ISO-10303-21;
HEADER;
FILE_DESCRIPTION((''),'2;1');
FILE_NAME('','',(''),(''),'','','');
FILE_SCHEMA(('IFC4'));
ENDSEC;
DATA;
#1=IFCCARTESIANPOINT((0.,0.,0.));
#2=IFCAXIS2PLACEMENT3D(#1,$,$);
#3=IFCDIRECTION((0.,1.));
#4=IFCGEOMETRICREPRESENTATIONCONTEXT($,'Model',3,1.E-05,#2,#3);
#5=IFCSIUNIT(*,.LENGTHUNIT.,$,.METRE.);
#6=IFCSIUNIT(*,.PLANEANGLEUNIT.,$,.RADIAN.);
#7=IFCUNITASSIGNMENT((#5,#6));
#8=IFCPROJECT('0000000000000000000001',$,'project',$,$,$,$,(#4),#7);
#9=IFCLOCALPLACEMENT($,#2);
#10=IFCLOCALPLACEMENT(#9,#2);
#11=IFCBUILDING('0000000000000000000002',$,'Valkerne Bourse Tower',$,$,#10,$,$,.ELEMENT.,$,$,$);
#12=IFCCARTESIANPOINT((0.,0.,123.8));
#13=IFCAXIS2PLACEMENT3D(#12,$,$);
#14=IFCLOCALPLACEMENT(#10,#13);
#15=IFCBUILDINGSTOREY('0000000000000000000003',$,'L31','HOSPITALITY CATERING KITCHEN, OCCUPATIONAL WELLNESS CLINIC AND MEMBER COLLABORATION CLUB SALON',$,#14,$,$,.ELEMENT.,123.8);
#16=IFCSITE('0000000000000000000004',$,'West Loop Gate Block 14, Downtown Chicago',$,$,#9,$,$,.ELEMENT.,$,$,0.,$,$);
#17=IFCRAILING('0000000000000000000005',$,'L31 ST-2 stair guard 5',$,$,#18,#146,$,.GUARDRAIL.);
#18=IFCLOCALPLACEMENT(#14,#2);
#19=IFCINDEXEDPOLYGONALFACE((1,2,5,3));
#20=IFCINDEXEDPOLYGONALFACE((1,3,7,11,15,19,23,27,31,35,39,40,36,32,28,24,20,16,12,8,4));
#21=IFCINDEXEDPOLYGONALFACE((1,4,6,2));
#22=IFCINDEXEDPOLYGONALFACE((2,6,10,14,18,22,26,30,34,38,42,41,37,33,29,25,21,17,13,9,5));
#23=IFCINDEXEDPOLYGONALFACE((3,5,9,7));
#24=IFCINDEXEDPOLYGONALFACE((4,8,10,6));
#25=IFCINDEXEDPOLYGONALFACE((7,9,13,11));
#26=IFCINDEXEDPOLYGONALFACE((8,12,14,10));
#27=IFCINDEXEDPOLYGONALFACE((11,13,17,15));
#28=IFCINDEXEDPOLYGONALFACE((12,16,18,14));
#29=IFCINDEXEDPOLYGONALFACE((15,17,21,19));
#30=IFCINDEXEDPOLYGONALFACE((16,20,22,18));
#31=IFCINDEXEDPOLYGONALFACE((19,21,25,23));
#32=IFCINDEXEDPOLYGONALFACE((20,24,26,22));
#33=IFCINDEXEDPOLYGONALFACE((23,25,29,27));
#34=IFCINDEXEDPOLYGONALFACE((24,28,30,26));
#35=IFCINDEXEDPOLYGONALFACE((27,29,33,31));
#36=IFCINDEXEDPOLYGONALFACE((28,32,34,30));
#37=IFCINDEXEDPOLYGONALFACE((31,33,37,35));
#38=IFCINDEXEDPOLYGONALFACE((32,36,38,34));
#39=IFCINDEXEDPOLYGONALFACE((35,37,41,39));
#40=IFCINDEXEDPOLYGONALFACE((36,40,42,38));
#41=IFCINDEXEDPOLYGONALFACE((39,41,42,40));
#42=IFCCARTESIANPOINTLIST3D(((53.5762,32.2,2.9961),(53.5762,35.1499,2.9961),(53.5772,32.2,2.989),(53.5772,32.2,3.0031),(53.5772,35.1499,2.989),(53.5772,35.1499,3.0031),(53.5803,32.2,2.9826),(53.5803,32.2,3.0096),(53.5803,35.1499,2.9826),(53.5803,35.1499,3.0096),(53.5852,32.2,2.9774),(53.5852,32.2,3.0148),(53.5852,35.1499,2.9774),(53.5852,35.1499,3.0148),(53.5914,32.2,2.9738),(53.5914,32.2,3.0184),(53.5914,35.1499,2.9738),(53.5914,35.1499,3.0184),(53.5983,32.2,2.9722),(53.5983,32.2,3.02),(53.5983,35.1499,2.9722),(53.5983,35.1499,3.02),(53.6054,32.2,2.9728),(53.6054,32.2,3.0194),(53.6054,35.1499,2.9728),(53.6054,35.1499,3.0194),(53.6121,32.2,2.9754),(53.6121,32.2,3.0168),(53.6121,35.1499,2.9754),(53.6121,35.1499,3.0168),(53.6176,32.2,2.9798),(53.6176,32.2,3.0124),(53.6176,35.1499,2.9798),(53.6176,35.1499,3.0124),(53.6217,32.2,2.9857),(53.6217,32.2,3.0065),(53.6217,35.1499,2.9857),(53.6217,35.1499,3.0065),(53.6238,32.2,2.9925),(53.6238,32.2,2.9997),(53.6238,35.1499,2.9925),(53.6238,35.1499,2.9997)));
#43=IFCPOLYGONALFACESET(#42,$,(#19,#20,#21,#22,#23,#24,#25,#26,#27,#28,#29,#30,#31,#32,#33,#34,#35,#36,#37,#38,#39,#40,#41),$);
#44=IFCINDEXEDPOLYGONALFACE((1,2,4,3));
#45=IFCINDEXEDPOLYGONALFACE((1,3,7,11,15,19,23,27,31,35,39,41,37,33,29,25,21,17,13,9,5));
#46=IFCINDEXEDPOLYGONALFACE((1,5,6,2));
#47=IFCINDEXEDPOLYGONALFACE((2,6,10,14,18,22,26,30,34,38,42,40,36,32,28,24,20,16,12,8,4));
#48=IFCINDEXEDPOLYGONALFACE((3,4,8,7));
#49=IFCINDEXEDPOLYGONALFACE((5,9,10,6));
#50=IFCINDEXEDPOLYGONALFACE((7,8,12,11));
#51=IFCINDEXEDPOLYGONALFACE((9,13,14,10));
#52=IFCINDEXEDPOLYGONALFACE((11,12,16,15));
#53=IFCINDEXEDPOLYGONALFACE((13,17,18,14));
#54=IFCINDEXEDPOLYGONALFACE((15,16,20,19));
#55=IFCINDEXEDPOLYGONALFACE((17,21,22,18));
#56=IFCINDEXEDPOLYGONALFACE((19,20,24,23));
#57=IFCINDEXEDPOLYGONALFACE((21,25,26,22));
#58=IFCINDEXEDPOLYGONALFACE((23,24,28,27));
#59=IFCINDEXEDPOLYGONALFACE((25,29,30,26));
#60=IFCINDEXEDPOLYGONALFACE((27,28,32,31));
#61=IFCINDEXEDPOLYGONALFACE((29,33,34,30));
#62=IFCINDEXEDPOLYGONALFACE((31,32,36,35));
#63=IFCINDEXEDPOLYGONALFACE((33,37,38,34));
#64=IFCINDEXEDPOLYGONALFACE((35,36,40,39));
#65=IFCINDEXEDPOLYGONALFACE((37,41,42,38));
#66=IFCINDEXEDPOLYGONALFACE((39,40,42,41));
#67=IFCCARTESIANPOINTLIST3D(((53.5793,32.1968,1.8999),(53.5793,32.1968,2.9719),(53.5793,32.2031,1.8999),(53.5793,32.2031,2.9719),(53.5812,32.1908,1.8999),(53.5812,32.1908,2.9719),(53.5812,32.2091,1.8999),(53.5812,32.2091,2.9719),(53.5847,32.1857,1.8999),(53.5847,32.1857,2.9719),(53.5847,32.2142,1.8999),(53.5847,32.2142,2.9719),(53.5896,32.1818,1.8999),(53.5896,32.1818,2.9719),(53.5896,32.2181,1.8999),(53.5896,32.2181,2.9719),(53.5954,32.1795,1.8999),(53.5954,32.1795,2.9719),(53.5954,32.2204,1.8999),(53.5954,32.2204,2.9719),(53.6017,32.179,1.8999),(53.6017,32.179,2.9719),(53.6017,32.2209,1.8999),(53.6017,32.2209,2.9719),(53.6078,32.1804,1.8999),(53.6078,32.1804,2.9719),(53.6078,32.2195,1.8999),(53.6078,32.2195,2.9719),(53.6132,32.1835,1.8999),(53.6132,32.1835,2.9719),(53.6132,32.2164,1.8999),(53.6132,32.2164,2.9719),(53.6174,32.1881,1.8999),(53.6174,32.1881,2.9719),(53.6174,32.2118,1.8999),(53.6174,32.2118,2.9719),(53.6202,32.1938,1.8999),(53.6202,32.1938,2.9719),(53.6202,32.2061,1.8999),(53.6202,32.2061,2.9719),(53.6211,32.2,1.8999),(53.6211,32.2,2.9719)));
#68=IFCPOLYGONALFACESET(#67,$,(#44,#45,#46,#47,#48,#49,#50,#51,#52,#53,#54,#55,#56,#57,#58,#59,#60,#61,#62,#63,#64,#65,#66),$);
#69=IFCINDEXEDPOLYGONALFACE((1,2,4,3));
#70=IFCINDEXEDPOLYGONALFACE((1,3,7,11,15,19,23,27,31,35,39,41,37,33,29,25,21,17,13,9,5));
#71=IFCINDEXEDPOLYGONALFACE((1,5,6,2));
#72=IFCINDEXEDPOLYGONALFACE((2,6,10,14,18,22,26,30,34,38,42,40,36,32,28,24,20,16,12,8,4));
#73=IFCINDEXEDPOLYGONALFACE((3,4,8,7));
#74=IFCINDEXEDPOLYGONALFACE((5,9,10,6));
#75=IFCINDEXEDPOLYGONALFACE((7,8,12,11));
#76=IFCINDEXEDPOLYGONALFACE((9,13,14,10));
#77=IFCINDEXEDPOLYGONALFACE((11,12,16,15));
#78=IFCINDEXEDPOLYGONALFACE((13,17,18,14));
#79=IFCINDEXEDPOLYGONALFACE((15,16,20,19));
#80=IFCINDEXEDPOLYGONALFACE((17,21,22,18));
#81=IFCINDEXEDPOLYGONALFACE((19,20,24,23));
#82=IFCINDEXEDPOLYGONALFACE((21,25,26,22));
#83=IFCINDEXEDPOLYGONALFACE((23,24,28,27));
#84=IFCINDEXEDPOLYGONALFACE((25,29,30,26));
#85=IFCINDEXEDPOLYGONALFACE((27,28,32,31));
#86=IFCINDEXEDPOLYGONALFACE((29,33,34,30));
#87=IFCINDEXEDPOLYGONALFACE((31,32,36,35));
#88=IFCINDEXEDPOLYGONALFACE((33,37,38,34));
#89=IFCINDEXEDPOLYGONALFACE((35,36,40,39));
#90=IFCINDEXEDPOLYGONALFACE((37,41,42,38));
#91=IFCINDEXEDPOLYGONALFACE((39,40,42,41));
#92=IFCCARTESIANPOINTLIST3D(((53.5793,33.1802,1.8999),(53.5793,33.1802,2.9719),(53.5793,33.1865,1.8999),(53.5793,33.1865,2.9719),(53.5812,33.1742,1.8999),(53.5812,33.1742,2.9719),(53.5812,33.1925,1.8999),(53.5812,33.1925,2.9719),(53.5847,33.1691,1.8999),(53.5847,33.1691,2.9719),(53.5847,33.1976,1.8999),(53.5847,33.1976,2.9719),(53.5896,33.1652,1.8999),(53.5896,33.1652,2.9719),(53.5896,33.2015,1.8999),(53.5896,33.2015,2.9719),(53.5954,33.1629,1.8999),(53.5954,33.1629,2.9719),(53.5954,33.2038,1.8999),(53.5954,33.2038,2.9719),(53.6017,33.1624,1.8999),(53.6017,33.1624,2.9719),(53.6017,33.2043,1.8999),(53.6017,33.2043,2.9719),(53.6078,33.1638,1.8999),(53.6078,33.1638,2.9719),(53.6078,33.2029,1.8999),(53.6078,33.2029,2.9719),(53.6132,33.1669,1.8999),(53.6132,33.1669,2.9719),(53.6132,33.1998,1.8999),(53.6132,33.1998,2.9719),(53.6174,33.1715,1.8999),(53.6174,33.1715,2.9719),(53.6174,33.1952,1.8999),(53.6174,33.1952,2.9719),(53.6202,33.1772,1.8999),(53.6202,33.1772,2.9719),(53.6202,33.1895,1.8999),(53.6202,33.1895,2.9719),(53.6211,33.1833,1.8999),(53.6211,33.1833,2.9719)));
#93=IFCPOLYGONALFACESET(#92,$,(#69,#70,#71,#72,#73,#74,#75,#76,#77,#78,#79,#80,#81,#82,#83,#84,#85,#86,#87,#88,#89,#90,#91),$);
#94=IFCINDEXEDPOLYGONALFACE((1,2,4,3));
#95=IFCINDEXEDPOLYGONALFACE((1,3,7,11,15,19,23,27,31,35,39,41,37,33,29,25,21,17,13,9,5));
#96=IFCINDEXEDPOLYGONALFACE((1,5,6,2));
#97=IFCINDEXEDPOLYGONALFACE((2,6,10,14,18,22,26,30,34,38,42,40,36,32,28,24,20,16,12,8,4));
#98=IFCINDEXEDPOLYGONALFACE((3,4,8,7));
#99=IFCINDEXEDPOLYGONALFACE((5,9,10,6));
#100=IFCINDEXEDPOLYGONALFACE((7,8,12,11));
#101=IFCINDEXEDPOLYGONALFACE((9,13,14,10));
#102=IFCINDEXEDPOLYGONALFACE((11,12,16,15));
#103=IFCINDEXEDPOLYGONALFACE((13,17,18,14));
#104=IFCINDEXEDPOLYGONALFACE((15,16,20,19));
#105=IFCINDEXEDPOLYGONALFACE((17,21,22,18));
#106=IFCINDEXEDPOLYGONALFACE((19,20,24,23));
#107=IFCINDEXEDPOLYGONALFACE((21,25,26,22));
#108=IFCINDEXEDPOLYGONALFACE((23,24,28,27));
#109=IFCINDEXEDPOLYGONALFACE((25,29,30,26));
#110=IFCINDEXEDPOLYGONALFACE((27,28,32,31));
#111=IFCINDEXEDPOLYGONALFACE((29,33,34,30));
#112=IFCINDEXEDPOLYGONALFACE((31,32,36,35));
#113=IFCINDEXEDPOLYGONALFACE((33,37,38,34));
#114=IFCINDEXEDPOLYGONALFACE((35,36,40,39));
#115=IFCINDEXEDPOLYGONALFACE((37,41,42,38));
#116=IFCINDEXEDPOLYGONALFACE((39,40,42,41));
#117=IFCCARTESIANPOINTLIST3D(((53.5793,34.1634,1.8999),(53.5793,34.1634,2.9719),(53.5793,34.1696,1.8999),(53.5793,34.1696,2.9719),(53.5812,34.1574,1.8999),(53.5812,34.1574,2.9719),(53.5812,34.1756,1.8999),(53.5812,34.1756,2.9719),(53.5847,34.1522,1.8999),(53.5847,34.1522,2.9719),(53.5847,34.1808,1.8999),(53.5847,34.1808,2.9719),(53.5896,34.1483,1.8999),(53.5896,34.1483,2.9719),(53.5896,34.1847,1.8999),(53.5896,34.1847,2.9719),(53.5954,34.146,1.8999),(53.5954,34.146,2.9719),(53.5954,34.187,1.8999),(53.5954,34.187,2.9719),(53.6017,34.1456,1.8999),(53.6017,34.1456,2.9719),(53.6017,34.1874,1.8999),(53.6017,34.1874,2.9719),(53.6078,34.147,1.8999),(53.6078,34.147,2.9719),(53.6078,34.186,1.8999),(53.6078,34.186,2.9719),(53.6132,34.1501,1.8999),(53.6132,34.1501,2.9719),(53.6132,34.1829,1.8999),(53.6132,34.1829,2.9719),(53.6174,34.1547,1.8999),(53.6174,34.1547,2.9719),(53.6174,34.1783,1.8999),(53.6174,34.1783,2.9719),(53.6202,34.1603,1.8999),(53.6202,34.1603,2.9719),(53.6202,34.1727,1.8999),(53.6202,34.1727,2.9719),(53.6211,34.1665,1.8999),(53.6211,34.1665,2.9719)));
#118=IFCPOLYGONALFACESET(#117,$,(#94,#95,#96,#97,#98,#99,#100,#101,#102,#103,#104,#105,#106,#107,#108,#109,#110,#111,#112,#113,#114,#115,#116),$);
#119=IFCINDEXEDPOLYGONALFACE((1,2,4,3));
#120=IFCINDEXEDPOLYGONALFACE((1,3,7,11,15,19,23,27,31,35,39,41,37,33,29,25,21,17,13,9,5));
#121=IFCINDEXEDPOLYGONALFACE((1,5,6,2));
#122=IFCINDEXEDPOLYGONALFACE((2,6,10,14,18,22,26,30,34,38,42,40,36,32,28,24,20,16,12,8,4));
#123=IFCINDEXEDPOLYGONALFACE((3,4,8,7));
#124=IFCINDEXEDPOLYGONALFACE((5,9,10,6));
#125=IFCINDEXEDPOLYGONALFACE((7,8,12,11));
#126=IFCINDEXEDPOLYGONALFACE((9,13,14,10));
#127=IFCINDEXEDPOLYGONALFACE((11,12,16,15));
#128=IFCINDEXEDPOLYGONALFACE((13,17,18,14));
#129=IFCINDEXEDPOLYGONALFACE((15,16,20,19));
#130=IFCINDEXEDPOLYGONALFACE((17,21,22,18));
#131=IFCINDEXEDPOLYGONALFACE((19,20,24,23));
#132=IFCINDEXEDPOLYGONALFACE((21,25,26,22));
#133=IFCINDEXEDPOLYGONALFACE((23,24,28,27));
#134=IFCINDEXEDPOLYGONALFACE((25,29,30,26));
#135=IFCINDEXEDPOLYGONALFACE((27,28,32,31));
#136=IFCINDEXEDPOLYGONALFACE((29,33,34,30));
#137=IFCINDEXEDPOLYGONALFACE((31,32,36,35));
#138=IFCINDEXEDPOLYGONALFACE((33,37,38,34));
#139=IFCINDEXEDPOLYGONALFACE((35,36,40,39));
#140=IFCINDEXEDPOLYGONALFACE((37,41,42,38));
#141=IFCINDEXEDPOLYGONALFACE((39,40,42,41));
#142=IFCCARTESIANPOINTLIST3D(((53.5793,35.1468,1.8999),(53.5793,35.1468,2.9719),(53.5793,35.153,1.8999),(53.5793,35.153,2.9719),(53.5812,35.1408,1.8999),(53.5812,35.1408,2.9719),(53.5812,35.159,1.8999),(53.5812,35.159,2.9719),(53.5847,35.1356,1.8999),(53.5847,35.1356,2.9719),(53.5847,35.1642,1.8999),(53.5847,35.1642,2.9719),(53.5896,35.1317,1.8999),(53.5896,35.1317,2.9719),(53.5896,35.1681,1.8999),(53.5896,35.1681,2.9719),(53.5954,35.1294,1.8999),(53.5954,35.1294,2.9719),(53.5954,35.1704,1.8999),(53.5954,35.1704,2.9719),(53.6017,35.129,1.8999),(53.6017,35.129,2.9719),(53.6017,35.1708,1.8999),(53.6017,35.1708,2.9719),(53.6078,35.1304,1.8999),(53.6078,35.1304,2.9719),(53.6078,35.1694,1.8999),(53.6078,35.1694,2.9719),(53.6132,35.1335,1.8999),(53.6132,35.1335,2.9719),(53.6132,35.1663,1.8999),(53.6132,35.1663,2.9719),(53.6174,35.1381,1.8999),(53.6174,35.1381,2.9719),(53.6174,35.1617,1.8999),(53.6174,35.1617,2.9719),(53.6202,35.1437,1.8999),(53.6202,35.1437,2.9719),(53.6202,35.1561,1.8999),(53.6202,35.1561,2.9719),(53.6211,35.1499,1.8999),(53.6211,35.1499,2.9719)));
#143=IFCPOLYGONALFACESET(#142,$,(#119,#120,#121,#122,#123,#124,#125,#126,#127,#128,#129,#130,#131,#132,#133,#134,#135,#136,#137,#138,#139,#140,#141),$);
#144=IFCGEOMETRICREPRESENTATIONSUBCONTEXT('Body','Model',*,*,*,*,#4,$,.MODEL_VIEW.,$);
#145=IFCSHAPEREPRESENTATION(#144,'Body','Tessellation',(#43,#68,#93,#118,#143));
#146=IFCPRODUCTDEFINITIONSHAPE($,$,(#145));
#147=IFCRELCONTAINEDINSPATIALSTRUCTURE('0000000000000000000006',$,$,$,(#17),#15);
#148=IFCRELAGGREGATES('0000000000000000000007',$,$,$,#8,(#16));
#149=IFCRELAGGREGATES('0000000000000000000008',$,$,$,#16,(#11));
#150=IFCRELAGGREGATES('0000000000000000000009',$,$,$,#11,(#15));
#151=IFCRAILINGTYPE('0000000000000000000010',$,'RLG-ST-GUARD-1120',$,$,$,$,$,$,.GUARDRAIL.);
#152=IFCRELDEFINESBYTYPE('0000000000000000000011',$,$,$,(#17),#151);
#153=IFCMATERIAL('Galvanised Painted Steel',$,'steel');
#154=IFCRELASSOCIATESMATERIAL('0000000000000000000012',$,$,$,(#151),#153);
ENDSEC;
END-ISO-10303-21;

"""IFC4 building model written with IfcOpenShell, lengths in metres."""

from ifc_helpers import new_model, si_unit, direction, frame, origin, origin_2d, place, context, subcontext, project, spatial, circle, extrude, material, type_object, element, save


model = new_model("IFC4")

# Units and contexts
model_context = context("Model", 3, precision=1e-05, world=origin(), true_north=direction((0.0, 1.0)))
body_context = subcontext(model_context, "Body", "Model", "MODEL_VIEW")
ifc_project = project(units=[si_unit("LENGTHUNIT", "METRE"), si_unit("PLANEANGLEUNIT", "RADIAN")], contexts=[model_context])

# Site, building, storey
site_placement = place(None, origin())
site = spatial("IfcSite", under=ifc_project, at=site_placement, Name="West Loop Gate Block 14, Downtown Chicago", CompositionType="ELEMENT", RefElevation=0.0)
building_placement = place(site_placement, origin())
building = spatial("IfcBuilding", under=site, at=building_placement, Name="Valkerne Bourse Tower", CompositionType="ELEMENT")
storey_placement = place(building_placement, frame((0.0, 0.0, 123.8)))
storey = spatial("IfcBuildingStorey", under=building, at=storey_placement, Name="L31", Description="HOSPITALITY CATERING KITCHEN, OCCUPATIONAL WELLNESS CLINIC AND MEMBER COLLABORATION CLUB SALON", CompositionType="ELEMENT", Elevation=123.8)

# Railing
ifc_material_1 = material(Name="Galvanised Painted Steel", Category="steel")
railing_type_1 = type_object("IfcRailingType", Name="RLG-ST-GUARD-1120", PredefinedType="GUARDRAIL", material=ifc_material_1)
railing_1_placement = place(storey_placement, frame((53.6001, 32.2, 1.8999)))
element("IfcRailing", 1, at=railing_1_placement, inside=storey, type_object=railing_type_1, Name="L31 ST-2 stair guard 5", PredefinedType="GUARDRAIL", context=body_context, shape_type="SweptSolid", body=[
    extrude(circle(Radius=0.0239, at=origin_2d()), frame((0.0, 0.0, 1.0962), z_axis=(0.0, 1.0, 0.0), x_axis=(-1.0, 0.0, 0.0)), (0.0, 0.0, 1.0), 2.95),
    extrude(circle(Radius=0.021, at=origin_2d()), origin(), (0.0, 0.0, 1.0), 1.072),
    extrude(circle(Radius=0.021, at=origin_2d()), frame((0.0, 0.9834, 0.0)), (0.0, 0.0, 1.0), 1.072),
    extrude(circle(Radius=0.021, at=origin_2d()), frame((0.0, 1.9666, 0.0)), (0.0, 0.0, 1.0), 1.072),
    extrude(circle(Radius=0.021, at=origin_2d()), frame((0.0, 2.95, 0.0)), (0.0, 0.0, 1.0), 1.072),
])

save(model, "model.ifc")
